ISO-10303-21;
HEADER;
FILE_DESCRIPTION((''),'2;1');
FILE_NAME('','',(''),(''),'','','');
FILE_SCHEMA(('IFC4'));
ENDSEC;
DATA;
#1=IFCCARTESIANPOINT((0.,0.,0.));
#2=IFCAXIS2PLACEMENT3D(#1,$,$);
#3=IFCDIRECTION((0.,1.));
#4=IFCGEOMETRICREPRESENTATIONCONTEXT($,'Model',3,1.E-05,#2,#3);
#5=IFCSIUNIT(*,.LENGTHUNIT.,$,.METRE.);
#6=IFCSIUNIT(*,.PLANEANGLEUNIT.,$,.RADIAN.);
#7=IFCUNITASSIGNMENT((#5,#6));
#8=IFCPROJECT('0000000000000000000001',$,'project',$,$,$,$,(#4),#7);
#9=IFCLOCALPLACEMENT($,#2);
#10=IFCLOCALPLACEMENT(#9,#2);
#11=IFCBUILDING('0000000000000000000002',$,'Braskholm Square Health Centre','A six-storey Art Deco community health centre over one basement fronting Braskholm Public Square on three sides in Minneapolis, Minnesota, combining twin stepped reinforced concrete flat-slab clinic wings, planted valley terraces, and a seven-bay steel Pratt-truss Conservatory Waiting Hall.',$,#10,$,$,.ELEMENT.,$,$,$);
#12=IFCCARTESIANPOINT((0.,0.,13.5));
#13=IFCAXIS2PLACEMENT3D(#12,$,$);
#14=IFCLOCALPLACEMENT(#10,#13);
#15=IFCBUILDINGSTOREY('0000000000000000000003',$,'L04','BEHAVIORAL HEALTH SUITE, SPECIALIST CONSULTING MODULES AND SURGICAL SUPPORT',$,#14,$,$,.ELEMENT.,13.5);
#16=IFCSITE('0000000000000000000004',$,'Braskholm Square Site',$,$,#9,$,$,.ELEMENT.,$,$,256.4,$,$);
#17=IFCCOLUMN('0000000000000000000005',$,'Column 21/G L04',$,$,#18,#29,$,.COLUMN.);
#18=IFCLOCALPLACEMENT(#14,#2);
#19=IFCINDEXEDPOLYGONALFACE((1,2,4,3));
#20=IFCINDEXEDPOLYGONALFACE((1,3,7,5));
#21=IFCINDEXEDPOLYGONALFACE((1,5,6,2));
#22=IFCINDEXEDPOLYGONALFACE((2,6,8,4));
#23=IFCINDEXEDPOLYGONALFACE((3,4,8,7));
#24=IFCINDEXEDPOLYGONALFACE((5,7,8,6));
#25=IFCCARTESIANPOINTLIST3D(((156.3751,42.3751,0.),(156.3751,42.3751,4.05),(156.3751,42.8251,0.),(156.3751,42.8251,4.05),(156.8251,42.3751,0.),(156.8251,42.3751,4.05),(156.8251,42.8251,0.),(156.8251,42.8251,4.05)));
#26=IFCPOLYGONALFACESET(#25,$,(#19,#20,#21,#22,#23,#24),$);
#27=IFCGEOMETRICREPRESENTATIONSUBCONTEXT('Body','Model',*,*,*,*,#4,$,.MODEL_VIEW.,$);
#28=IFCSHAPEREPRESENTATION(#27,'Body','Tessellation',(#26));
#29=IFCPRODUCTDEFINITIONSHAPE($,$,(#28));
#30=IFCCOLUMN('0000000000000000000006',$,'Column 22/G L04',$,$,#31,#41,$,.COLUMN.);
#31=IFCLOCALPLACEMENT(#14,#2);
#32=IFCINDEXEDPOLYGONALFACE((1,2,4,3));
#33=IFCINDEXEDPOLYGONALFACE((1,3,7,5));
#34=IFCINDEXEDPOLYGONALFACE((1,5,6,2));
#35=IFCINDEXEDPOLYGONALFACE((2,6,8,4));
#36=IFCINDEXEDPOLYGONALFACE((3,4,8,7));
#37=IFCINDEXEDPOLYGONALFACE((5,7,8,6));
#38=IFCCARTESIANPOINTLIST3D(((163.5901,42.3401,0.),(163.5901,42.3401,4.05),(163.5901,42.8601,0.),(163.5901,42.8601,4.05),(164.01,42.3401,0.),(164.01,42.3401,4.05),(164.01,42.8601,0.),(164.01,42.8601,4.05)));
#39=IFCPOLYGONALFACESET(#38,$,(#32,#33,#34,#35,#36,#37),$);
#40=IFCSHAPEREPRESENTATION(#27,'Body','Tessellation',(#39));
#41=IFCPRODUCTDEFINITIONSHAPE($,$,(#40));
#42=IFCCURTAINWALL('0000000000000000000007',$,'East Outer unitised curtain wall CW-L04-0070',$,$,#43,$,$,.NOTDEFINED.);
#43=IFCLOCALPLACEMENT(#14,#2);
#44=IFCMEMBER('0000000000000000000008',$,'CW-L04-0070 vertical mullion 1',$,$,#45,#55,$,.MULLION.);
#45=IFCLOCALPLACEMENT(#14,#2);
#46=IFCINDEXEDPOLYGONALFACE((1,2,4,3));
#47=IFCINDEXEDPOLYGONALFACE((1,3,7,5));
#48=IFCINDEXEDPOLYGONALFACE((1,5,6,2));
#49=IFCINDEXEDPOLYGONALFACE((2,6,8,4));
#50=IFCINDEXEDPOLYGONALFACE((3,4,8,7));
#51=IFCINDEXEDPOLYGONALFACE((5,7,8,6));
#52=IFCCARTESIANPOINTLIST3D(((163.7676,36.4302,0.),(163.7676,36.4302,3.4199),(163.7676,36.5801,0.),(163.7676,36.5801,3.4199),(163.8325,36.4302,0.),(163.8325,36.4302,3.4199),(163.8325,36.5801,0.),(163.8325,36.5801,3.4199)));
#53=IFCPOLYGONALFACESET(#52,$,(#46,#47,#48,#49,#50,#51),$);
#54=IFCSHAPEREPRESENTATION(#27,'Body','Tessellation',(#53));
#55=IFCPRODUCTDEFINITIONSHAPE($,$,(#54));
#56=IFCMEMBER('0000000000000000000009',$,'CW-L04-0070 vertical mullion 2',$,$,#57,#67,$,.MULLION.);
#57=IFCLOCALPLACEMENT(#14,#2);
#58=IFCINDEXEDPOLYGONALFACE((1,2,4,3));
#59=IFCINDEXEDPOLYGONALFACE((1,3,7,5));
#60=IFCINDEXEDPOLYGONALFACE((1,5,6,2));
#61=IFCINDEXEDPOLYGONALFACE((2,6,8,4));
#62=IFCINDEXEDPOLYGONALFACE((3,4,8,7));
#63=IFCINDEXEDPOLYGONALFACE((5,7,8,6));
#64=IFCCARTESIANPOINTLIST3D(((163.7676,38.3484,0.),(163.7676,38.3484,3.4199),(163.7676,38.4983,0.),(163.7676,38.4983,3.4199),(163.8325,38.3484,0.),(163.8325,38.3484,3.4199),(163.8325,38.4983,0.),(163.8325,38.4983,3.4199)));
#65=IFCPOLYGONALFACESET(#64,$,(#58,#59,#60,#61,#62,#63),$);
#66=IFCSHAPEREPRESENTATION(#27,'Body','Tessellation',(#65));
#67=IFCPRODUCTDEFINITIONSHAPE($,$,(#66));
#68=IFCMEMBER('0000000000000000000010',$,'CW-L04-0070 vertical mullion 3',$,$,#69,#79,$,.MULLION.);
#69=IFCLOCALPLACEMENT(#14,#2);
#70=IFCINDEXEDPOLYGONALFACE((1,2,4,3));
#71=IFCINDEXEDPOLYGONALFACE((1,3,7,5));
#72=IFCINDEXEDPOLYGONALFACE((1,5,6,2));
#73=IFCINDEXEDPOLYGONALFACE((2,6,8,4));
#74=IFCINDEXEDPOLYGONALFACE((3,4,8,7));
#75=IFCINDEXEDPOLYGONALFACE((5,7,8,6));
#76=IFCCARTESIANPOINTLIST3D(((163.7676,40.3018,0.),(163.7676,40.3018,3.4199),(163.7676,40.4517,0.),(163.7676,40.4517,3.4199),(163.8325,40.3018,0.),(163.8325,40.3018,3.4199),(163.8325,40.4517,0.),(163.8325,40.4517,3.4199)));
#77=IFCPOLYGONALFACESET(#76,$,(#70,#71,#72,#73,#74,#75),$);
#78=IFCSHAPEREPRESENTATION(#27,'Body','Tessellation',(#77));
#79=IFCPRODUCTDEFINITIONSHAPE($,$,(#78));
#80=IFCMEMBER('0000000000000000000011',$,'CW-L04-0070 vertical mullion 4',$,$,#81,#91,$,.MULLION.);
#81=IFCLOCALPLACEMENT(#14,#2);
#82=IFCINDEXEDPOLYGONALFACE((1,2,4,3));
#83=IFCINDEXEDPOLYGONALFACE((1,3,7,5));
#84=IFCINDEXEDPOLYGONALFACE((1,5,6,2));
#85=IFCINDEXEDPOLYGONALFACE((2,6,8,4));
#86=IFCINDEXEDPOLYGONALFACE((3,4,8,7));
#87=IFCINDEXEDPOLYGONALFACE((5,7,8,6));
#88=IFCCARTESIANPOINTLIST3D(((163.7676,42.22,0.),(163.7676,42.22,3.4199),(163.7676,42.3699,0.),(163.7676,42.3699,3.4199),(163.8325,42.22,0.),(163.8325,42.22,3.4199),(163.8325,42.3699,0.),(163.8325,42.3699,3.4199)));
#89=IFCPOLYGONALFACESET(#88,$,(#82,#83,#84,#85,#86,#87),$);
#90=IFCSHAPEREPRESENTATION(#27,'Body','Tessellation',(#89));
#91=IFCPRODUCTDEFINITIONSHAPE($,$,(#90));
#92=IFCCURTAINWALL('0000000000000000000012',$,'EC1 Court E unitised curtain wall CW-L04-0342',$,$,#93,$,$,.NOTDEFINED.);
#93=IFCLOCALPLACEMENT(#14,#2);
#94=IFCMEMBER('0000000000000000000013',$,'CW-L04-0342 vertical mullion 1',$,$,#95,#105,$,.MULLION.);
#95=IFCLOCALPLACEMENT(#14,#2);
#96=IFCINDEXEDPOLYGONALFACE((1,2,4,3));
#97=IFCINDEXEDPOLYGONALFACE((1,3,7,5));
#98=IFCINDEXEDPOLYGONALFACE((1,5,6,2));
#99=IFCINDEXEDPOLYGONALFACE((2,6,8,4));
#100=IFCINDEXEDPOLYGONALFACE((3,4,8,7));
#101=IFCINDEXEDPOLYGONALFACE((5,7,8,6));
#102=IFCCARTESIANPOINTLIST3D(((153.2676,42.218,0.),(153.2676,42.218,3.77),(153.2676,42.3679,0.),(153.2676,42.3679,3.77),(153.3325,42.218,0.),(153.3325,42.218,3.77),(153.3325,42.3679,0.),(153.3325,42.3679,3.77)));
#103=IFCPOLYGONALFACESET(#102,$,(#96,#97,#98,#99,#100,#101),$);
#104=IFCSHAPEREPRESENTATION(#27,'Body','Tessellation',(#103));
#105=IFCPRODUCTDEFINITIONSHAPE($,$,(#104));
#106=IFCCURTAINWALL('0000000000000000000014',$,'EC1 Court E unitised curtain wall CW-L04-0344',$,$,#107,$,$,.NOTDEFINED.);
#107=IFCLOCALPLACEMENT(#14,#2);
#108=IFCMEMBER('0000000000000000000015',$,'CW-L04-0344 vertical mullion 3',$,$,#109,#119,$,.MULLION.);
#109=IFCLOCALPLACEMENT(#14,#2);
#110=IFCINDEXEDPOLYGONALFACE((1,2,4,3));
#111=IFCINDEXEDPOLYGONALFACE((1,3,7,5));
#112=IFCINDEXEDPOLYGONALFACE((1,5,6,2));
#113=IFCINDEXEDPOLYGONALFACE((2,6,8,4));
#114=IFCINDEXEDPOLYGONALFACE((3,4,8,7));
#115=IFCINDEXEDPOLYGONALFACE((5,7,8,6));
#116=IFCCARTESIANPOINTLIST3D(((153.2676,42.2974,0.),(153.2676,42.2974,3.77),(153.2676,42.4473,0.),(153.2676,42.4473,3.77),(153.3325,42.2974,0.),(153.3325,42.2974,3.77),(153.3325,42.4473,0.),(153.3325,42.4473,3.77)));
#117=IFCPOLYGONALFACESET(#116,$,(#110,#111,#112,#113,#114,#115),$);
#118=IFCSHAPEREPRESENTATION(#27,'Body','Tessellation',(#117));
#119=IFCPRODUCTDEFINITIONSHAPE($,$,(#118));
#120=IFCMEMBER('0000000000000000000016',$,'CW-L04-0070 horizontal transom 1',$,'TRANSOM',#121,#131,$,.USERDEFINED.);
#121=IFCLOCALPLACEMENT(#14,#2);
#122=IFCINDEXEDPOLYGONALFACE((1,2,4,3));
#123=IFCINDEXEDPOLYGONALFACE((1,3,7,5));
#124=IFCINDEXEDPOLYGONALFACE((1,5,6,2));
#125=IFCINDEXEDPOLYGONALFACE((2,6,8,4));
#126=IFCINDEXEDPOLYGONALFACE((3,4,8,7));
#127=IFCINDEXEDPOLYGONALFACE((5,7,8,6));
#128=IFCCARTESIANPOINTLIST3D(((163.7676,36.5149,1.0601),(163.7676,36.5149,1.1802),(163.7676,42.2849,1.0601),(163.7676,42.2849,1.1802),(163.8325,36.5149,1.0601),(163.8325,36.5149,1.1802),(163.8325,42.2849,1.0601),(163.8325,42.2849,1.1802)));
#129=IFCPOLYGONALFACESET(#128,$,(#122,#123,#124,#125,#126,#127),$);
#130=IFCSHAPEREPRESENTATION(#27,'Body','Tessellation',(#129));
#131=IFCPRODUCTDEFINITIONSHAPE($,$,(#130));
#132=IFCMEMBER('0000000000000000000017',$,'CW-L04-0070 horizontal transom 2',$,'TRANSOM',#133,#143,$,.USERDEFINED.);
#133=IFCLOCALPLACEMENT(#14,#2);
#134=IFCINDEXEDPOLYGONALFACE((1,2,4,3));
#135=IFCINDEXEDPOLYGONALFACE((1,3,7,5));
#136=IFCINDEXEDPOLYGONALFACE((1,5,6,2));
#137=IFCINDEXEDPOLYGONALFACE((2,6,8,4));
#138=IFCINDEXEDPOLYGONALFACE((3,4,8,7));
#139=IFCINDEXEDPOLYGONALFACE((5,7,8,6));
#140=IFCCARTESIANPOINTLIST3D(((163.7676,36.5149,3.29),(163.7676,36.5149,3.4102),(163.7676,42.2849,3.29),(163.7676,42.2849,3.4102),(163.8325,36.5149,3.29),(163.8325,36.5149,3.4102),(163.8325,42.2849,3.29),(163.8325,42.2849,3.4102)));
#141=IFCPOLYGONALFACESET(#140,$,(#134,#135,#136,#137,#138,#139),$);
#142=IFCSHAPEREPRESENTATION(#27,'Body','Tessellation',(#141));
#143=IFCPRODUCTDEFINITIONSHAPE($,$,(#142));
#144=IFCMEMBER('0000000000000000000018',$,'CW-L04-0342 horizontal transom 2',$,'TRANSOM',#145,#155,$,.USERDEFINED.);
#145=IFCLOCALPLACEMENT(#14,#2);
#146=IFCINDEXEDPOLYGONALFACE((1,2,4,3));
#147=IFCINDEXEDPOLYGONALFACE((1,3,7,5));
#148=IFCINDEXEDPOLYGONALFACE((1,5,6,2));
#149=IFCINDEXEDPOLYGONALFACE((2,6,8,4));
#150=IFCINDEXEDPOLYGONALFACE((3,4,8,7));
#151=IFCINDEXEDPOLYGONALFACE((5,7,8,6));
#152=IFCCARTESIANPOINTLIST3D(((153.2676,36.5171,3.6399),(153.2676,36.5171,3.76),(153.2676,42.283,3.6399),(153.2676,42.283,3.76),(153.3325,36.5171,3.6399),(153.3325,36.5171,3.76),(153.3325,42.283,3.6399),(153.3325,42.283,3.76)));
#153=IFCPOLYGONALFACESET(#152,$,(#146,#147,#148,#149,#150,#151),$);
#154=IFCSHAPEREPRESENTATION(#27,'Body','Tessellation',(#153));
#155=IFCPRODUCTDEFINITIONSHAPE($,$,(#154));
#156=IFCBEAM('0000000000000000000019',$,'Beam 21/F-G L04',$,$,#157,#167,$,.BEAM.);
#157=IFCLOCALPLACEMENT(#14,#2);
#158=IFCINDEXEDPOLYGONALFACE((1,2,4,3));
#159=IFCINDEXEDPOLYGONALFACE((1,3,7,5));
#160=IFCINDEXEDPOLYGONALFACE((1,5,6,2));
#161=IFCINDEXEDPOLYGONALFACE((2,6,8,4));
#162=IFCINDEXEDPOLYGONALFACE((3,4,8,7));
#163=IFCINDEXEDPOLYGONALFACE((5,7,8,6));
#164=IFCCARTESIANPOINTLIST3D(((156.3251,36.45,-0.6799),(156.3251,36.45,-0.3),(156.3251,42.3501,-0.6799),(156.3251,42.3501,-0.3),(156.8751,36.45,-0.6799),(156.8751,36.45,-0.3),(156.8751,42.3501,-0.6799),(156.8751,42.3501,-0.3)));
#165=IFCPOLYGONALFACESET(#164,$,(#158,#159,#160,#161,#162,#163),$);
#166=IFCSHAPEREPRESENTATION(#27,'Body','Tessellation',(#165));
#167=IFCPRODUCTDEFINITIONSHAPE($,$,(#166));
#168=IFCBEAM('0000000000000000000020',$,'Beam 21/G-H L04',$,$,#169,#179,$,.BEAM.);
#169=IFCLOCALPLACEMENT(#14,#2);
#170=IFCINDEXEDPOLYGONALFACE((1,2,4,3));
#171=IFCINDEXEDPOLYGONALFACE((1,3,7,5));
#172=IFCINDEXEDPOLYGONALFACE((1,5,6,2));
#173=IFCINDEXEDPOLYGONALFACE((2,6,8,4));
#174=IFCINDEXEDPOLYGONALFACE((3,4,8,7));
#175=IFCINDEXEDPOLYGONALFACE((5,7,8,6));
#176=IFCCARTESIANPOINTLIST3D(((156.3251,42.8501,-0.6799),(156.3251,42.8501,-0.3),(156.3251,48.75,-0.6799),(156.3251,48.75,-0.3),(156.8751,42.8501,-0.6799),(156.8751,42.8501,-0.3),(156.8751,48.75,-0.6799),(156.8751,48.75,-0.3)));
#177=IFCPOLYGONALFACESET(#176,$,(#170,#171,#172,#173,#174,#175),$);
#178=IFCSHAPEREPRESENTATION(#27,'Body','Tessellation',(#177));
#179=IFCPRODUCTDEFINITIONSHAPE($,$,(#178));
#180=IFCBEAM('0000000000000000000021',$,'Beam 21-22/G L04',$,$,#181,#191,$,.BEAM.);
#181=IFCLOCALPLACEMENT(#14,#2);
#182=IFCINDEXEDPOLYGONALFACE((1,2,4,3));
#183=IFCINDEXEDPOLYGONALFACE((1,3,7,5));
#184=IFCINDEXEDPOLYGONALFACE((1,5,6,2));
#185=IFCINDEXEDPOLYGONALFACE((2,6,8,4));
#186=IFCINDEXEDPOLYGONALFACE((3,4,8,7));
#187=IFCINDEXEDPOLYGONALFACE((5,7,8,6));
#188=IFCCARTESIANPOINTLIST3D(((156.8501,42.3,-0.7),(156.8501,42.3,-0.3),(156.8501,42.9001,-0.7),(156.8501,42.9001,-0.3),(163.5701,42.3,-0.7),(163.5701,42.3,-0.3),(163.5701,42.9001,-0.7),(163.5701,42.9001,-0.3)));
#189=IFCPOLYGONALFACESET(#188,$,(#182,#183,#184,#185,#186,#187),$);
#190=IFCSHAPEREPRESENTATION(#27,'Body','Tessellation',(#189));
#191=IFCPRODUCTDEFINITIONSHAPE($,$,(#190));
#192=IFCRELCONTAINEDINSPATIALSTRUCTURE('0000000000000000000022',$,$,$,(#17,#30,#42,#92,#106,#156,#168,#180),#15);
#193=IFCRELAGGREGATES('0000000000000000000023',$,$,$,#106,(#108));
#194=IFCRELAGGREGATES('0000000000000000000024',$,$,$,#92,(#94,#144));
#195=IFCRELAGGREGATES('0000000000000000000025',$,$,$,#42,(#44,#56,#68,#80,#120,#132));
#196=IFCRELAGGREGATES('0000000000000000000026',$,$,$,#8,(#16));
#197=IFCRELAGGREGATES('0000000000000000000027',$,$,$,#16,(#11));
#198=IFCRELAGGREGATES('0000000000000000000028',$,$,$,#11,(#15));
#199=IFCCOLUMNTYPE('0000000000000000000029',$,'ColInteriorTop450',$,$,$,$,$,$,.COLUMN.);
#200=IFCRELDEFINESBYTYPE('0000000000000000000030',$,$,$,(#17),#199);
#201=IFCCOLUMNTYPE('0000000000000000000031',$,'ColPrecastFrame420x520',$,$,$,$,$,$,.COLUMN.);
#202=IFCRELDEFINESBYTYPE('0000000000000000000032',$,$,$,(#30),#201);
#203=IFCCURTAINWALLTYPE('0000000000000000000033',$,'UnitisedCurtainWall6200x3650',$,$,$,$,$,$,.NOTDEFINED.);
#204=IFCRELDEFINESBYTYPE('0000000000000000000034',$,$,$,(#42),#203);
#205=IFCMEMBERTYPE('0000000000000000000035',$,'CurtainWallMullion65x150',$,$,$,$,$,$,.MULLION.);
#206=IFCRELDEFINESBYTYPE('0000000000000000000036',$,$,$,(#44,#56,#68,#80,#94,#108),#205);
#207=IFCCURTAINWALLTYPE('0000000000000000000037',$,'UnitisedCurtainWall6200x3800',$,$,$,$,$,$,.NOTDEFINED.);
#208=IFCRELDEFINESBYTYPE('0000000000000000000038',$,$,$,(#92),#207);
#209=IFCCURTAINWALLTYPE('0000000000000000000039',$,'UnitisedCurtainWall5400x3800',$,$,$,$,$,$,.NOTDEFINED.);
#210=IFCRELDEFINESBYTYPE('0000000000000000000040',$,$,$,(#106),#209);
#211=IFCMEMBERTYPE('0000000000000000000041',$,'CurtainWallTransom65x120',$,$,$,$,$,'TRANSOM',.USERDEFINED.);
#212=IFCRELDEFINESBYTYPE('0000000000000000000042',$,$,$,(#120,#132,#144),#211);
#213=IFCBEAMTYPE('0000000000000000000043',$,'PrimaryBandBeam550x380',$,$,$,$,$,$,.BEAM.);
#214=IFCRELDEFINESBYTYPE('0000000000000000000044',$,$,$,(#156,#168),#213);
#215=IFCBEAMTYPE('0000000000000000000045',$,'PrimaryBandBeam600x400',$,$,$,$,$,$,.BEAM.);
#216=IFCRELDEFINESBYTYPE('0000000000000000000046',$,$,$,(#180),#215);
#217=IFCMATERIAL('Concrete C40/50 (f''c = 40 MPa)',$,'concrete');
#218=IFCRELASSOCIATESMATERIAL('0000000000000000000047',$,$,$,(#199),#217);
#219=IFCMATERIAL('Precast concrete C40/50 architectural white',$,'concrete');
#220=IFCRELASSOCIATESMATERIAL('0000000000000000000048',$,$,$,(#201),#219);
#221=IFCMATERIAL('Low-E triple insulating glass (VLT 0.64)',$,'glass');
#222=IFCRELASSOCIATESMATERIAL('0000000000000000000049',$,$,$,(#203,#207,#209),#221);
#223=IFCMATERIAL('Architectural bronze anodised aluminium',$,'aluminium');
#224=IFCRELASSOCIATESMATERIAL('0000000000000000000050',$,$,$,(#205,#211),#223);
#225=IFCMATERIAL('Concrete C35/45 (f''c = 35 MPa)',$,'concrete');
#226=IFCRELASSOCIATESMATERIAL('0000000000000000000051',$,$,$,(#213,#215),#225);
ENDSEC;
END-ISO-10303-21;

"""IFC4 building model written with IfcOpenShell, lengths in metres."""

from ifc_helpers import new_model, si_unit, direction, frame, origin, origin_2d, place, context, subcontext, project, spatial, rectangle, extrude, material, material_profile, profile_set, type_object, element, aggregate, save


model = new_model("IFC4")

# Units and contexts
model_context = context("Model", 3, precision=1e-05, world=origin(), true_north=direction((0.0, 1.0)))
body_context = subcontext(model_context, "Body", "Model", "MODEL_VIEW")
ifc_project = project(units=[si_unit("LENGTHUNIT", "METRE"), si_unit("PLANEANGLEUNIT", "RADIAN")], contexts=[model_context])

# Site, building, storey
site_placement = place(None, origin())
site = spatial("IfcSite", under=ifc_project, at=site_placement, Name="Braskholm Square Site", CompositionType="ELEMENT", RefElevation=256.4)
building_placement = place(site_placement, origin())
building = spatial("IfcBuilding", under=site, at=building_placement, Name="Braskholm Square Health Centre", Description="A six-storey Art Deco community health centre over one basement fronting Braskholm Public Square on three sides in Minneapolis, Minnesota, combining twin stepped reinforced concrete flat-slab clinic wings, planted valley terraces, and a seven-bay steel Pratt-truss Conservatory Waiting Hall.", CompositionType="ELEMENT")
storey_placement = place(building_placement, frame((0.0, 0.0, 13.5)))
storey = spatial("IfcBuildingStorey", under=building, at=storey_placement, Name="L04", Description="BEHAVIORAL HEALTH SUITE, SPECIALIST CONSULTING MODULES AND SURGICAL SUPPORT", CompositionType="ELEMENT", Elevation=13.5)

# Columns
ifc_material_1 = material(Name="Concrete C40/50 (f'c = 40 MPa)", Category="concrete")
ifc_material_profile_1 = material_profile(ifc_material_1, rectangle(XDim=0.45, YDim=0.45, at=origin_2d()), Name="RC-450X450")
ifc_profile_set_1 = profile_set([ifc_material_profile_1], Name="Concrete C40/50 (f'c = 40 MPa)")
column_type_1 = type_object("IfcColumnType", Name="ColInteriorTop450", PredefinedType="COLUMN", material=ifc_profile_set_1)
column_1_placement = place(storey_placement, frame((156.6001, 42.6001, 0.0), z_axis=(0.0, 0.0, 1.0), x_axis=(1.0, 0.0, 0.0)))
element("IfcColumn", 1, at=column_1_placement, inside=storey, type_object=column_type_1, Name="Column 21/G L04", PredefinedType="COLUMN", context=body_context, shape_type="SweptSolid", body=[
    extrude(rectangle(XDim=0.45, YDim=0.45, at=origin_2d()), origin(), (0.0, 0.0, 1.0), 4.05),
])
ifc_material_2 = material(Name="Precast concrete C40/50 architectural white", Category="concrete")
ifc_material_profile_2 = material_profile(ifc_material_2, rectangle(XDim=0.4199, YDim=0.52, at=origin_2d()), Name="RC-420X520")
ifc_profile_set_2 = profile_set([ifc_material_profile_2], Name="Precast concrete C40/50 architectural white")
column_type_2 = type_object("IfcColumnType", Name="ColPrecastFrame420x520", PredefinedType="COLUMN", material=ifc_profile_set_2)
column_2_placement = place(storey_placement, frame((163.8, 42.6001, 0.0), z_axis=(0.0, 0.0, 1.0), x_axis=(1.0, 0.0, 0.0)))
element("IfcColumn", 2, at=column_2_placement, inside=storey, type_object=column_type_2, Name="Column 22/G L04", PredefinedType="COLUMN", context=body_context, shape_type="SweptSolid", body=[
    extrude(rectangle(XDim=0.4199, YDim=0.52, at=origin_2d()), origin(), (0.0, 0.0, 1.0), 4.05),
])

# Curtain wall, members
ifc_material_3 = material(Name="Low-E triple insulating glass (VLT 0.64)", Category="glass")
curtain_wall_type_1 = type_object("IfcCurtainWallType", Name="UnitisedCurtainWall6200x3650", PredefinedType="NOTDEFINED", material=ifc_material_3)
curtain_wall_1_placement = place(storey_placement, origin())
curtain_wall_1 = element("IfcCurtainWall", 3, at=curtain_wall_1_placement, inside=storey, type_object=curtain_wall_type_1, Name="East Outer unitised curtain wall CW-L04-0070", PredefinedType="NOTDEFINED")
ifc_material_4 = material(Name="Architectural bronze anodised aluminium", Category="aluminium")
ifc_material_profile_3 = material_profile(ifc_material_4, rectangle(XDim=0.0649, YDim=0.1499, at=origin_2d()), Name="ALU-65X150")
ifc_profile_set_3 = profile_set([ifc_material_profile_3], Name="Architectural bronze anodised aluminium")
member_type_1 = type_object("IfcMemberType", Name="CurtainWallMullion65x150", PredefinedType="MULLION", material=ifc_profile_set_3)
member_1_placement = place(storey_placement, frame((163.8, 36.5051, 0.0), z_axis=(0.0, 0.0, 1.0), x_axis=(1.0, 0.0, 0.0)))
member_1 = element("IfcMember", 4, at=member_1_placement, type_object=member_type_1, Name="CW-L04-0070 vertical mullion 1", PredefinedType="MULLION", context=body_context, shape_type="SweptSolid", body=[
    extrude(rectangle(XDim=0.0649, YDim=0.1499, at=origin_2d()), origin(), (0.0, 0.0, 1.0), 3.4199),
])
member_2_placement = place(storey_placement, frame((163.8, 38.4233, 0.0), z_axis=(0.0, 0.0, 1.0), x_axis=(1.0, 0.0, 0.0)))
member_2 = element("IfcMember", 5, at=member_2_placement, type_object=member_type_1, Name="CW-L04-0070 vertical mullion 2", PredefinedType="MULLION", context=body_context, shape_type="SweptSolid", body=[
    extrude(rectangle(XDim=0.0649, YDim=0.1499, at=origin_2d()), origin(), (0.0, 0.0, 1.0), 3.4199),
])
member_3_placement = place(storey_placement, frame((163.8, 40.3767, 0.0), z_axis=(0.0, 0.0, 1.0), x_axis=(1.0, 0.0, 0.0)))
member_3 = element("IfcMember", 6, at=member_3_placement, type_object=member_type_1, Name="CW-L04-0070 vertical mullion 3", PredefinedType="MULLION", context=body_context, shape_type="SweptSolid", body=[
    extrude(rectangle(XDim=0.0649, YDim=0.1499, at=origin_2d()), origin(), (0.0, 0.0, 1.0), 3.4199),
])
member_4_placement = place(storey_placement, frame((163.8, 42.2949, 0.0), z_axis=(0.0, 0.0, 1.0), x_axis=(1.0, 0.0, 0.0)))
member_4 = element("IfcMember", 7, at=member_4_placement, type_object=member_type_1, Name="CW-L04-0070 vertical mullion 4", PredefinedType="MULLION", context=body_context, shape_type="SweptSolid", body=[
    extrude(rectangle(XDim=0.0649, YDim=0.1499, at=origin_2d()), origin(), (0.0, 0.0, 1.0), 3.4199),
])

# Curtain walls, members
curtain_wall_type_2 = type_object("IfcCurtainWallType", Name="UnitisedCurtainWall6200x3800", PredefinedType="NOTDEFINED", material=ifc_material_3)
curtain_wall_2_placement = place(storey_placement, origin())
curtain_wall_2 = element("IfcCurtainWall", 8, at=curtain_wall_2_placement, inside=storey, type_object=curtain_wall_type_2, Name="EC1 Court E unitised curtain wall CW-L04-0342", PredefinedType="NOTDEFINED")
member_5_placement = place(storey_placement, frame((153.3, 42.293, 0.0), z_axis=(0.0, 0.0, 1.0), x_axis=(1.0, 0.0, 0.0)))
member_5 = element("IfcMember", 9, at=member_5_placement, type_object=member_type_1, Name="CW-L04-0342 vertical mullion 1", PredefinedType="MULLION", context=body_context, shape_type="SweptSolid", body=[
    extrude(rectangle(XDim=0.0649, YDim=0.1499, at=origin_2d()), origin(), (0.0, 0.0, 1.0), 3.77),
])
curtain_wall_type_3 = type_object("IfcCurtainWallType", Name="UnitisedCurtainWall5400x3800", PredefinedType="NOTDEFINED", material=ifc_material_3)
curtain_wall_3_placement = place(storey_placement, origin())
curtain_wall_3 = element("IfcCurtainWall", 10, at=curtain_wall_3_placement, inside=storey, type_object=curtain_wall_type_3, Name="EC1 Court E unitised curtain wall CW-L04-0344", PredefinedType="NOTDEFINED")
member_6_placement = place(storey_placement, frame((153.3, 42.3723, 0.0), z_axis=(0.0, 0.0, 1.0), x_axis=(1.0, 0.0, 0.0)))
member_6 = element("IfcMember", 11, at=member_6_placement, type_object=member_type_1, Name="CW-L04-0344 vertical mullion 3", PredefinedType="MULLION", context=body_context, shape_type="SweptSolid", body=[
    extrude(rectangle(XDim=0.0649, YDim=0.1499, at=origin_2d()), origin(), (0.0, 0.0, 1.0), 3.77),
])
aggregate(curtain_wall_3, [member_6])

# Members
ifc_material_profile_4 = material_profile(ifc_material_4, rectangle(XDim=0.0649, YDim=0.1201, at=origin_2d()), Name="ALU-65X120")
ifc_profile_set_4 = profile_set([ifc_material_profile_4], Name="Architectural bronze anodised aluminium")
member_type_2 = type_object("IfcMemberType", Name="CurtainWallTransom65x120", ElementType="TRANSOM", PredefinedType="USERDEFINED", material=ifc_profile_set_4)
member_7_placement = place(storey_placement, frame((163.8, 36.5149, 1.1201), z_axis=(0.0, 1.0, 0.0), x_axis=(-1.0, 0.0, 0.0)))
member_7 = element("IfcMember", 12, at=member_7_placement, type_object=member_type_2, Name="CW-L04-0070 horizontal transom 1", ObjectType="TRANSOM", PredefinedType="USERDEFINED", context=body_context, shape_type="SweptSolid", body=[
    extrude(rectangle(XDim=0.0649, YDim=0.1201, at=origin_2d()), origin(), (0.0, 0.0, 1.0), 5.77),
])
member_8_placement = place(storey_placement, frame((163.8, 36.5149, 3.3501), z_axis=(0.0, 1.0, 0.0), x_axis=(-1.0, 0.0, 0.0)))
member_8 = element("IfcMember", 13, at=member_8_placement, type_object=member_type_2, Name="CW-L04-0070 horizontal transom 2", ObjectType="TRANSOM", PredefinedType="USERDEFINED", context=body_context, shape_type="SweptSolid", body=[
    extrude(rectangle(XDim=0.0649, YDim=0.1201, at=origin_2d()), origin(), (0.0, 0.0, 1.0), 5.77),
])
member_9_placement = place(storey_placement, frame((153.3, 42.283, 3.7), z_axis=(0.0, -1.0, 0.0), x_axis=(1.0, 0.0, 0.0)))
member_9 = element("IfcMember", 14, at=member_9_placement, type_object=member_type_2, Name="CW-L04-0342 horizontal transom 2", ObjectType="TRANSOM", PredefinedType="USERDEFINED", context=body_context, shape_type="SweptSolid", body=[
    extrude(rectangle(XDim=0.0649, YDim=0.1201, at=origin_2d()), origin(), (0.0, 0.0, 1.0), 5.7659),
])
aggregate(curtain_wall_2, [member_5, member_9])

# Beams
ifc_material_5 = material(Name="Concrete C35/45 (f'c = 35 MPa)", Category="concrete")
ifc_material_profile_5 = material_profile(ifc_material_5, rectangle(XDim=0.55, YDim=0.3799, at=origin_2d()), Name="RCB-550X380")
ifc_profile_set_5 = profile_set([ifc_material_profile_5], Name="Concrete C35/45 (f'c = 35 MPa)")
beam_type_1 = type_object("IfcBeamType", Name="PrimaryBandBeam550x380", PredefinedType="BEAM", material=ifc_profile_set_5)
beam_1_placement = place(storey_placement, frame((156.6001, 36.45, -0.49), z_axis=(0.0, 1.0, 0.0), x_axis=(-1.0, 0.0, 0.0)))
element("IfcBeam", 15, at=beam_1_placement, inside=storey, type_object=beam_type_1, Name="Beam 21/F-G L04", PredefinedType="BEAM", context=body_context, shape_type="SweptSolid", body=[
    extrude(rectangle(XDim=0.55, YDim=0.3799, at=origin_2d()), origin(), (0.0, 0.0, 1.0), 5.9001),
])
beam_2_placement = place(storey_placement, frame((156.6001, 42.8501, -0.49), z_axis=(0.0, 1.0, 0.0), x_axis=(-1.0, 0.0, 0.0)))
element("IfcBeam", 16, at=beam_2_placement, inside=storey, type_object=beam_type_1, Name="Beam 21/G-H L04", PredefinedType="BEAM", context=body_context, shape_type="SweptSolid", body=[
    extrude(rectangle(XDim=0.55, YDim=0.3799, at=origin_2d()), origin(), (0.0, 0.0, 1.0), 5.8999),
])
ifc_material_profile_6 = material_profile(ifc_material_5, rectangle(XDim=0.6001, YDim=0.3999, at=origin_2d()), Name="RCB-600X400")
ifc_profile_set_6 = profile_set([ifc_material_profile_6], Name="Concrete C35/45 (f'c = 35 MPa)")
beam_type_2 = type_object("IfcBeamType", Name="PrimaryBandBeam600x400", PredefinedType="BEAM", material=ifc_profile_set_6)
beam_3_placement = place(storey_placement, frame((156.8501, 42.6001, -0.5), z_axis=(1.0, 0.0, 0.0), x_axis=(0.0, 1.0, 0.0)))
element("IfcBeam", 17, at=beam_3_placement, inside=storey, type_object=beam_type_2, Name="Beam 21-22/G L04", PredefinedType="BEAM", context=body_context, shape_type="SweptSolid", body=[
    extrude(rectangle(XDim=0.6001, YDim=0.3999, at=origin_2d()), origin(), (0.0, 0.0, 1.0), 6.72),
])

aggregate(curtain_wall_1, [member_1, member_2, member_3, member_4, member_7, member_8])

save(model, "model.ifc")
